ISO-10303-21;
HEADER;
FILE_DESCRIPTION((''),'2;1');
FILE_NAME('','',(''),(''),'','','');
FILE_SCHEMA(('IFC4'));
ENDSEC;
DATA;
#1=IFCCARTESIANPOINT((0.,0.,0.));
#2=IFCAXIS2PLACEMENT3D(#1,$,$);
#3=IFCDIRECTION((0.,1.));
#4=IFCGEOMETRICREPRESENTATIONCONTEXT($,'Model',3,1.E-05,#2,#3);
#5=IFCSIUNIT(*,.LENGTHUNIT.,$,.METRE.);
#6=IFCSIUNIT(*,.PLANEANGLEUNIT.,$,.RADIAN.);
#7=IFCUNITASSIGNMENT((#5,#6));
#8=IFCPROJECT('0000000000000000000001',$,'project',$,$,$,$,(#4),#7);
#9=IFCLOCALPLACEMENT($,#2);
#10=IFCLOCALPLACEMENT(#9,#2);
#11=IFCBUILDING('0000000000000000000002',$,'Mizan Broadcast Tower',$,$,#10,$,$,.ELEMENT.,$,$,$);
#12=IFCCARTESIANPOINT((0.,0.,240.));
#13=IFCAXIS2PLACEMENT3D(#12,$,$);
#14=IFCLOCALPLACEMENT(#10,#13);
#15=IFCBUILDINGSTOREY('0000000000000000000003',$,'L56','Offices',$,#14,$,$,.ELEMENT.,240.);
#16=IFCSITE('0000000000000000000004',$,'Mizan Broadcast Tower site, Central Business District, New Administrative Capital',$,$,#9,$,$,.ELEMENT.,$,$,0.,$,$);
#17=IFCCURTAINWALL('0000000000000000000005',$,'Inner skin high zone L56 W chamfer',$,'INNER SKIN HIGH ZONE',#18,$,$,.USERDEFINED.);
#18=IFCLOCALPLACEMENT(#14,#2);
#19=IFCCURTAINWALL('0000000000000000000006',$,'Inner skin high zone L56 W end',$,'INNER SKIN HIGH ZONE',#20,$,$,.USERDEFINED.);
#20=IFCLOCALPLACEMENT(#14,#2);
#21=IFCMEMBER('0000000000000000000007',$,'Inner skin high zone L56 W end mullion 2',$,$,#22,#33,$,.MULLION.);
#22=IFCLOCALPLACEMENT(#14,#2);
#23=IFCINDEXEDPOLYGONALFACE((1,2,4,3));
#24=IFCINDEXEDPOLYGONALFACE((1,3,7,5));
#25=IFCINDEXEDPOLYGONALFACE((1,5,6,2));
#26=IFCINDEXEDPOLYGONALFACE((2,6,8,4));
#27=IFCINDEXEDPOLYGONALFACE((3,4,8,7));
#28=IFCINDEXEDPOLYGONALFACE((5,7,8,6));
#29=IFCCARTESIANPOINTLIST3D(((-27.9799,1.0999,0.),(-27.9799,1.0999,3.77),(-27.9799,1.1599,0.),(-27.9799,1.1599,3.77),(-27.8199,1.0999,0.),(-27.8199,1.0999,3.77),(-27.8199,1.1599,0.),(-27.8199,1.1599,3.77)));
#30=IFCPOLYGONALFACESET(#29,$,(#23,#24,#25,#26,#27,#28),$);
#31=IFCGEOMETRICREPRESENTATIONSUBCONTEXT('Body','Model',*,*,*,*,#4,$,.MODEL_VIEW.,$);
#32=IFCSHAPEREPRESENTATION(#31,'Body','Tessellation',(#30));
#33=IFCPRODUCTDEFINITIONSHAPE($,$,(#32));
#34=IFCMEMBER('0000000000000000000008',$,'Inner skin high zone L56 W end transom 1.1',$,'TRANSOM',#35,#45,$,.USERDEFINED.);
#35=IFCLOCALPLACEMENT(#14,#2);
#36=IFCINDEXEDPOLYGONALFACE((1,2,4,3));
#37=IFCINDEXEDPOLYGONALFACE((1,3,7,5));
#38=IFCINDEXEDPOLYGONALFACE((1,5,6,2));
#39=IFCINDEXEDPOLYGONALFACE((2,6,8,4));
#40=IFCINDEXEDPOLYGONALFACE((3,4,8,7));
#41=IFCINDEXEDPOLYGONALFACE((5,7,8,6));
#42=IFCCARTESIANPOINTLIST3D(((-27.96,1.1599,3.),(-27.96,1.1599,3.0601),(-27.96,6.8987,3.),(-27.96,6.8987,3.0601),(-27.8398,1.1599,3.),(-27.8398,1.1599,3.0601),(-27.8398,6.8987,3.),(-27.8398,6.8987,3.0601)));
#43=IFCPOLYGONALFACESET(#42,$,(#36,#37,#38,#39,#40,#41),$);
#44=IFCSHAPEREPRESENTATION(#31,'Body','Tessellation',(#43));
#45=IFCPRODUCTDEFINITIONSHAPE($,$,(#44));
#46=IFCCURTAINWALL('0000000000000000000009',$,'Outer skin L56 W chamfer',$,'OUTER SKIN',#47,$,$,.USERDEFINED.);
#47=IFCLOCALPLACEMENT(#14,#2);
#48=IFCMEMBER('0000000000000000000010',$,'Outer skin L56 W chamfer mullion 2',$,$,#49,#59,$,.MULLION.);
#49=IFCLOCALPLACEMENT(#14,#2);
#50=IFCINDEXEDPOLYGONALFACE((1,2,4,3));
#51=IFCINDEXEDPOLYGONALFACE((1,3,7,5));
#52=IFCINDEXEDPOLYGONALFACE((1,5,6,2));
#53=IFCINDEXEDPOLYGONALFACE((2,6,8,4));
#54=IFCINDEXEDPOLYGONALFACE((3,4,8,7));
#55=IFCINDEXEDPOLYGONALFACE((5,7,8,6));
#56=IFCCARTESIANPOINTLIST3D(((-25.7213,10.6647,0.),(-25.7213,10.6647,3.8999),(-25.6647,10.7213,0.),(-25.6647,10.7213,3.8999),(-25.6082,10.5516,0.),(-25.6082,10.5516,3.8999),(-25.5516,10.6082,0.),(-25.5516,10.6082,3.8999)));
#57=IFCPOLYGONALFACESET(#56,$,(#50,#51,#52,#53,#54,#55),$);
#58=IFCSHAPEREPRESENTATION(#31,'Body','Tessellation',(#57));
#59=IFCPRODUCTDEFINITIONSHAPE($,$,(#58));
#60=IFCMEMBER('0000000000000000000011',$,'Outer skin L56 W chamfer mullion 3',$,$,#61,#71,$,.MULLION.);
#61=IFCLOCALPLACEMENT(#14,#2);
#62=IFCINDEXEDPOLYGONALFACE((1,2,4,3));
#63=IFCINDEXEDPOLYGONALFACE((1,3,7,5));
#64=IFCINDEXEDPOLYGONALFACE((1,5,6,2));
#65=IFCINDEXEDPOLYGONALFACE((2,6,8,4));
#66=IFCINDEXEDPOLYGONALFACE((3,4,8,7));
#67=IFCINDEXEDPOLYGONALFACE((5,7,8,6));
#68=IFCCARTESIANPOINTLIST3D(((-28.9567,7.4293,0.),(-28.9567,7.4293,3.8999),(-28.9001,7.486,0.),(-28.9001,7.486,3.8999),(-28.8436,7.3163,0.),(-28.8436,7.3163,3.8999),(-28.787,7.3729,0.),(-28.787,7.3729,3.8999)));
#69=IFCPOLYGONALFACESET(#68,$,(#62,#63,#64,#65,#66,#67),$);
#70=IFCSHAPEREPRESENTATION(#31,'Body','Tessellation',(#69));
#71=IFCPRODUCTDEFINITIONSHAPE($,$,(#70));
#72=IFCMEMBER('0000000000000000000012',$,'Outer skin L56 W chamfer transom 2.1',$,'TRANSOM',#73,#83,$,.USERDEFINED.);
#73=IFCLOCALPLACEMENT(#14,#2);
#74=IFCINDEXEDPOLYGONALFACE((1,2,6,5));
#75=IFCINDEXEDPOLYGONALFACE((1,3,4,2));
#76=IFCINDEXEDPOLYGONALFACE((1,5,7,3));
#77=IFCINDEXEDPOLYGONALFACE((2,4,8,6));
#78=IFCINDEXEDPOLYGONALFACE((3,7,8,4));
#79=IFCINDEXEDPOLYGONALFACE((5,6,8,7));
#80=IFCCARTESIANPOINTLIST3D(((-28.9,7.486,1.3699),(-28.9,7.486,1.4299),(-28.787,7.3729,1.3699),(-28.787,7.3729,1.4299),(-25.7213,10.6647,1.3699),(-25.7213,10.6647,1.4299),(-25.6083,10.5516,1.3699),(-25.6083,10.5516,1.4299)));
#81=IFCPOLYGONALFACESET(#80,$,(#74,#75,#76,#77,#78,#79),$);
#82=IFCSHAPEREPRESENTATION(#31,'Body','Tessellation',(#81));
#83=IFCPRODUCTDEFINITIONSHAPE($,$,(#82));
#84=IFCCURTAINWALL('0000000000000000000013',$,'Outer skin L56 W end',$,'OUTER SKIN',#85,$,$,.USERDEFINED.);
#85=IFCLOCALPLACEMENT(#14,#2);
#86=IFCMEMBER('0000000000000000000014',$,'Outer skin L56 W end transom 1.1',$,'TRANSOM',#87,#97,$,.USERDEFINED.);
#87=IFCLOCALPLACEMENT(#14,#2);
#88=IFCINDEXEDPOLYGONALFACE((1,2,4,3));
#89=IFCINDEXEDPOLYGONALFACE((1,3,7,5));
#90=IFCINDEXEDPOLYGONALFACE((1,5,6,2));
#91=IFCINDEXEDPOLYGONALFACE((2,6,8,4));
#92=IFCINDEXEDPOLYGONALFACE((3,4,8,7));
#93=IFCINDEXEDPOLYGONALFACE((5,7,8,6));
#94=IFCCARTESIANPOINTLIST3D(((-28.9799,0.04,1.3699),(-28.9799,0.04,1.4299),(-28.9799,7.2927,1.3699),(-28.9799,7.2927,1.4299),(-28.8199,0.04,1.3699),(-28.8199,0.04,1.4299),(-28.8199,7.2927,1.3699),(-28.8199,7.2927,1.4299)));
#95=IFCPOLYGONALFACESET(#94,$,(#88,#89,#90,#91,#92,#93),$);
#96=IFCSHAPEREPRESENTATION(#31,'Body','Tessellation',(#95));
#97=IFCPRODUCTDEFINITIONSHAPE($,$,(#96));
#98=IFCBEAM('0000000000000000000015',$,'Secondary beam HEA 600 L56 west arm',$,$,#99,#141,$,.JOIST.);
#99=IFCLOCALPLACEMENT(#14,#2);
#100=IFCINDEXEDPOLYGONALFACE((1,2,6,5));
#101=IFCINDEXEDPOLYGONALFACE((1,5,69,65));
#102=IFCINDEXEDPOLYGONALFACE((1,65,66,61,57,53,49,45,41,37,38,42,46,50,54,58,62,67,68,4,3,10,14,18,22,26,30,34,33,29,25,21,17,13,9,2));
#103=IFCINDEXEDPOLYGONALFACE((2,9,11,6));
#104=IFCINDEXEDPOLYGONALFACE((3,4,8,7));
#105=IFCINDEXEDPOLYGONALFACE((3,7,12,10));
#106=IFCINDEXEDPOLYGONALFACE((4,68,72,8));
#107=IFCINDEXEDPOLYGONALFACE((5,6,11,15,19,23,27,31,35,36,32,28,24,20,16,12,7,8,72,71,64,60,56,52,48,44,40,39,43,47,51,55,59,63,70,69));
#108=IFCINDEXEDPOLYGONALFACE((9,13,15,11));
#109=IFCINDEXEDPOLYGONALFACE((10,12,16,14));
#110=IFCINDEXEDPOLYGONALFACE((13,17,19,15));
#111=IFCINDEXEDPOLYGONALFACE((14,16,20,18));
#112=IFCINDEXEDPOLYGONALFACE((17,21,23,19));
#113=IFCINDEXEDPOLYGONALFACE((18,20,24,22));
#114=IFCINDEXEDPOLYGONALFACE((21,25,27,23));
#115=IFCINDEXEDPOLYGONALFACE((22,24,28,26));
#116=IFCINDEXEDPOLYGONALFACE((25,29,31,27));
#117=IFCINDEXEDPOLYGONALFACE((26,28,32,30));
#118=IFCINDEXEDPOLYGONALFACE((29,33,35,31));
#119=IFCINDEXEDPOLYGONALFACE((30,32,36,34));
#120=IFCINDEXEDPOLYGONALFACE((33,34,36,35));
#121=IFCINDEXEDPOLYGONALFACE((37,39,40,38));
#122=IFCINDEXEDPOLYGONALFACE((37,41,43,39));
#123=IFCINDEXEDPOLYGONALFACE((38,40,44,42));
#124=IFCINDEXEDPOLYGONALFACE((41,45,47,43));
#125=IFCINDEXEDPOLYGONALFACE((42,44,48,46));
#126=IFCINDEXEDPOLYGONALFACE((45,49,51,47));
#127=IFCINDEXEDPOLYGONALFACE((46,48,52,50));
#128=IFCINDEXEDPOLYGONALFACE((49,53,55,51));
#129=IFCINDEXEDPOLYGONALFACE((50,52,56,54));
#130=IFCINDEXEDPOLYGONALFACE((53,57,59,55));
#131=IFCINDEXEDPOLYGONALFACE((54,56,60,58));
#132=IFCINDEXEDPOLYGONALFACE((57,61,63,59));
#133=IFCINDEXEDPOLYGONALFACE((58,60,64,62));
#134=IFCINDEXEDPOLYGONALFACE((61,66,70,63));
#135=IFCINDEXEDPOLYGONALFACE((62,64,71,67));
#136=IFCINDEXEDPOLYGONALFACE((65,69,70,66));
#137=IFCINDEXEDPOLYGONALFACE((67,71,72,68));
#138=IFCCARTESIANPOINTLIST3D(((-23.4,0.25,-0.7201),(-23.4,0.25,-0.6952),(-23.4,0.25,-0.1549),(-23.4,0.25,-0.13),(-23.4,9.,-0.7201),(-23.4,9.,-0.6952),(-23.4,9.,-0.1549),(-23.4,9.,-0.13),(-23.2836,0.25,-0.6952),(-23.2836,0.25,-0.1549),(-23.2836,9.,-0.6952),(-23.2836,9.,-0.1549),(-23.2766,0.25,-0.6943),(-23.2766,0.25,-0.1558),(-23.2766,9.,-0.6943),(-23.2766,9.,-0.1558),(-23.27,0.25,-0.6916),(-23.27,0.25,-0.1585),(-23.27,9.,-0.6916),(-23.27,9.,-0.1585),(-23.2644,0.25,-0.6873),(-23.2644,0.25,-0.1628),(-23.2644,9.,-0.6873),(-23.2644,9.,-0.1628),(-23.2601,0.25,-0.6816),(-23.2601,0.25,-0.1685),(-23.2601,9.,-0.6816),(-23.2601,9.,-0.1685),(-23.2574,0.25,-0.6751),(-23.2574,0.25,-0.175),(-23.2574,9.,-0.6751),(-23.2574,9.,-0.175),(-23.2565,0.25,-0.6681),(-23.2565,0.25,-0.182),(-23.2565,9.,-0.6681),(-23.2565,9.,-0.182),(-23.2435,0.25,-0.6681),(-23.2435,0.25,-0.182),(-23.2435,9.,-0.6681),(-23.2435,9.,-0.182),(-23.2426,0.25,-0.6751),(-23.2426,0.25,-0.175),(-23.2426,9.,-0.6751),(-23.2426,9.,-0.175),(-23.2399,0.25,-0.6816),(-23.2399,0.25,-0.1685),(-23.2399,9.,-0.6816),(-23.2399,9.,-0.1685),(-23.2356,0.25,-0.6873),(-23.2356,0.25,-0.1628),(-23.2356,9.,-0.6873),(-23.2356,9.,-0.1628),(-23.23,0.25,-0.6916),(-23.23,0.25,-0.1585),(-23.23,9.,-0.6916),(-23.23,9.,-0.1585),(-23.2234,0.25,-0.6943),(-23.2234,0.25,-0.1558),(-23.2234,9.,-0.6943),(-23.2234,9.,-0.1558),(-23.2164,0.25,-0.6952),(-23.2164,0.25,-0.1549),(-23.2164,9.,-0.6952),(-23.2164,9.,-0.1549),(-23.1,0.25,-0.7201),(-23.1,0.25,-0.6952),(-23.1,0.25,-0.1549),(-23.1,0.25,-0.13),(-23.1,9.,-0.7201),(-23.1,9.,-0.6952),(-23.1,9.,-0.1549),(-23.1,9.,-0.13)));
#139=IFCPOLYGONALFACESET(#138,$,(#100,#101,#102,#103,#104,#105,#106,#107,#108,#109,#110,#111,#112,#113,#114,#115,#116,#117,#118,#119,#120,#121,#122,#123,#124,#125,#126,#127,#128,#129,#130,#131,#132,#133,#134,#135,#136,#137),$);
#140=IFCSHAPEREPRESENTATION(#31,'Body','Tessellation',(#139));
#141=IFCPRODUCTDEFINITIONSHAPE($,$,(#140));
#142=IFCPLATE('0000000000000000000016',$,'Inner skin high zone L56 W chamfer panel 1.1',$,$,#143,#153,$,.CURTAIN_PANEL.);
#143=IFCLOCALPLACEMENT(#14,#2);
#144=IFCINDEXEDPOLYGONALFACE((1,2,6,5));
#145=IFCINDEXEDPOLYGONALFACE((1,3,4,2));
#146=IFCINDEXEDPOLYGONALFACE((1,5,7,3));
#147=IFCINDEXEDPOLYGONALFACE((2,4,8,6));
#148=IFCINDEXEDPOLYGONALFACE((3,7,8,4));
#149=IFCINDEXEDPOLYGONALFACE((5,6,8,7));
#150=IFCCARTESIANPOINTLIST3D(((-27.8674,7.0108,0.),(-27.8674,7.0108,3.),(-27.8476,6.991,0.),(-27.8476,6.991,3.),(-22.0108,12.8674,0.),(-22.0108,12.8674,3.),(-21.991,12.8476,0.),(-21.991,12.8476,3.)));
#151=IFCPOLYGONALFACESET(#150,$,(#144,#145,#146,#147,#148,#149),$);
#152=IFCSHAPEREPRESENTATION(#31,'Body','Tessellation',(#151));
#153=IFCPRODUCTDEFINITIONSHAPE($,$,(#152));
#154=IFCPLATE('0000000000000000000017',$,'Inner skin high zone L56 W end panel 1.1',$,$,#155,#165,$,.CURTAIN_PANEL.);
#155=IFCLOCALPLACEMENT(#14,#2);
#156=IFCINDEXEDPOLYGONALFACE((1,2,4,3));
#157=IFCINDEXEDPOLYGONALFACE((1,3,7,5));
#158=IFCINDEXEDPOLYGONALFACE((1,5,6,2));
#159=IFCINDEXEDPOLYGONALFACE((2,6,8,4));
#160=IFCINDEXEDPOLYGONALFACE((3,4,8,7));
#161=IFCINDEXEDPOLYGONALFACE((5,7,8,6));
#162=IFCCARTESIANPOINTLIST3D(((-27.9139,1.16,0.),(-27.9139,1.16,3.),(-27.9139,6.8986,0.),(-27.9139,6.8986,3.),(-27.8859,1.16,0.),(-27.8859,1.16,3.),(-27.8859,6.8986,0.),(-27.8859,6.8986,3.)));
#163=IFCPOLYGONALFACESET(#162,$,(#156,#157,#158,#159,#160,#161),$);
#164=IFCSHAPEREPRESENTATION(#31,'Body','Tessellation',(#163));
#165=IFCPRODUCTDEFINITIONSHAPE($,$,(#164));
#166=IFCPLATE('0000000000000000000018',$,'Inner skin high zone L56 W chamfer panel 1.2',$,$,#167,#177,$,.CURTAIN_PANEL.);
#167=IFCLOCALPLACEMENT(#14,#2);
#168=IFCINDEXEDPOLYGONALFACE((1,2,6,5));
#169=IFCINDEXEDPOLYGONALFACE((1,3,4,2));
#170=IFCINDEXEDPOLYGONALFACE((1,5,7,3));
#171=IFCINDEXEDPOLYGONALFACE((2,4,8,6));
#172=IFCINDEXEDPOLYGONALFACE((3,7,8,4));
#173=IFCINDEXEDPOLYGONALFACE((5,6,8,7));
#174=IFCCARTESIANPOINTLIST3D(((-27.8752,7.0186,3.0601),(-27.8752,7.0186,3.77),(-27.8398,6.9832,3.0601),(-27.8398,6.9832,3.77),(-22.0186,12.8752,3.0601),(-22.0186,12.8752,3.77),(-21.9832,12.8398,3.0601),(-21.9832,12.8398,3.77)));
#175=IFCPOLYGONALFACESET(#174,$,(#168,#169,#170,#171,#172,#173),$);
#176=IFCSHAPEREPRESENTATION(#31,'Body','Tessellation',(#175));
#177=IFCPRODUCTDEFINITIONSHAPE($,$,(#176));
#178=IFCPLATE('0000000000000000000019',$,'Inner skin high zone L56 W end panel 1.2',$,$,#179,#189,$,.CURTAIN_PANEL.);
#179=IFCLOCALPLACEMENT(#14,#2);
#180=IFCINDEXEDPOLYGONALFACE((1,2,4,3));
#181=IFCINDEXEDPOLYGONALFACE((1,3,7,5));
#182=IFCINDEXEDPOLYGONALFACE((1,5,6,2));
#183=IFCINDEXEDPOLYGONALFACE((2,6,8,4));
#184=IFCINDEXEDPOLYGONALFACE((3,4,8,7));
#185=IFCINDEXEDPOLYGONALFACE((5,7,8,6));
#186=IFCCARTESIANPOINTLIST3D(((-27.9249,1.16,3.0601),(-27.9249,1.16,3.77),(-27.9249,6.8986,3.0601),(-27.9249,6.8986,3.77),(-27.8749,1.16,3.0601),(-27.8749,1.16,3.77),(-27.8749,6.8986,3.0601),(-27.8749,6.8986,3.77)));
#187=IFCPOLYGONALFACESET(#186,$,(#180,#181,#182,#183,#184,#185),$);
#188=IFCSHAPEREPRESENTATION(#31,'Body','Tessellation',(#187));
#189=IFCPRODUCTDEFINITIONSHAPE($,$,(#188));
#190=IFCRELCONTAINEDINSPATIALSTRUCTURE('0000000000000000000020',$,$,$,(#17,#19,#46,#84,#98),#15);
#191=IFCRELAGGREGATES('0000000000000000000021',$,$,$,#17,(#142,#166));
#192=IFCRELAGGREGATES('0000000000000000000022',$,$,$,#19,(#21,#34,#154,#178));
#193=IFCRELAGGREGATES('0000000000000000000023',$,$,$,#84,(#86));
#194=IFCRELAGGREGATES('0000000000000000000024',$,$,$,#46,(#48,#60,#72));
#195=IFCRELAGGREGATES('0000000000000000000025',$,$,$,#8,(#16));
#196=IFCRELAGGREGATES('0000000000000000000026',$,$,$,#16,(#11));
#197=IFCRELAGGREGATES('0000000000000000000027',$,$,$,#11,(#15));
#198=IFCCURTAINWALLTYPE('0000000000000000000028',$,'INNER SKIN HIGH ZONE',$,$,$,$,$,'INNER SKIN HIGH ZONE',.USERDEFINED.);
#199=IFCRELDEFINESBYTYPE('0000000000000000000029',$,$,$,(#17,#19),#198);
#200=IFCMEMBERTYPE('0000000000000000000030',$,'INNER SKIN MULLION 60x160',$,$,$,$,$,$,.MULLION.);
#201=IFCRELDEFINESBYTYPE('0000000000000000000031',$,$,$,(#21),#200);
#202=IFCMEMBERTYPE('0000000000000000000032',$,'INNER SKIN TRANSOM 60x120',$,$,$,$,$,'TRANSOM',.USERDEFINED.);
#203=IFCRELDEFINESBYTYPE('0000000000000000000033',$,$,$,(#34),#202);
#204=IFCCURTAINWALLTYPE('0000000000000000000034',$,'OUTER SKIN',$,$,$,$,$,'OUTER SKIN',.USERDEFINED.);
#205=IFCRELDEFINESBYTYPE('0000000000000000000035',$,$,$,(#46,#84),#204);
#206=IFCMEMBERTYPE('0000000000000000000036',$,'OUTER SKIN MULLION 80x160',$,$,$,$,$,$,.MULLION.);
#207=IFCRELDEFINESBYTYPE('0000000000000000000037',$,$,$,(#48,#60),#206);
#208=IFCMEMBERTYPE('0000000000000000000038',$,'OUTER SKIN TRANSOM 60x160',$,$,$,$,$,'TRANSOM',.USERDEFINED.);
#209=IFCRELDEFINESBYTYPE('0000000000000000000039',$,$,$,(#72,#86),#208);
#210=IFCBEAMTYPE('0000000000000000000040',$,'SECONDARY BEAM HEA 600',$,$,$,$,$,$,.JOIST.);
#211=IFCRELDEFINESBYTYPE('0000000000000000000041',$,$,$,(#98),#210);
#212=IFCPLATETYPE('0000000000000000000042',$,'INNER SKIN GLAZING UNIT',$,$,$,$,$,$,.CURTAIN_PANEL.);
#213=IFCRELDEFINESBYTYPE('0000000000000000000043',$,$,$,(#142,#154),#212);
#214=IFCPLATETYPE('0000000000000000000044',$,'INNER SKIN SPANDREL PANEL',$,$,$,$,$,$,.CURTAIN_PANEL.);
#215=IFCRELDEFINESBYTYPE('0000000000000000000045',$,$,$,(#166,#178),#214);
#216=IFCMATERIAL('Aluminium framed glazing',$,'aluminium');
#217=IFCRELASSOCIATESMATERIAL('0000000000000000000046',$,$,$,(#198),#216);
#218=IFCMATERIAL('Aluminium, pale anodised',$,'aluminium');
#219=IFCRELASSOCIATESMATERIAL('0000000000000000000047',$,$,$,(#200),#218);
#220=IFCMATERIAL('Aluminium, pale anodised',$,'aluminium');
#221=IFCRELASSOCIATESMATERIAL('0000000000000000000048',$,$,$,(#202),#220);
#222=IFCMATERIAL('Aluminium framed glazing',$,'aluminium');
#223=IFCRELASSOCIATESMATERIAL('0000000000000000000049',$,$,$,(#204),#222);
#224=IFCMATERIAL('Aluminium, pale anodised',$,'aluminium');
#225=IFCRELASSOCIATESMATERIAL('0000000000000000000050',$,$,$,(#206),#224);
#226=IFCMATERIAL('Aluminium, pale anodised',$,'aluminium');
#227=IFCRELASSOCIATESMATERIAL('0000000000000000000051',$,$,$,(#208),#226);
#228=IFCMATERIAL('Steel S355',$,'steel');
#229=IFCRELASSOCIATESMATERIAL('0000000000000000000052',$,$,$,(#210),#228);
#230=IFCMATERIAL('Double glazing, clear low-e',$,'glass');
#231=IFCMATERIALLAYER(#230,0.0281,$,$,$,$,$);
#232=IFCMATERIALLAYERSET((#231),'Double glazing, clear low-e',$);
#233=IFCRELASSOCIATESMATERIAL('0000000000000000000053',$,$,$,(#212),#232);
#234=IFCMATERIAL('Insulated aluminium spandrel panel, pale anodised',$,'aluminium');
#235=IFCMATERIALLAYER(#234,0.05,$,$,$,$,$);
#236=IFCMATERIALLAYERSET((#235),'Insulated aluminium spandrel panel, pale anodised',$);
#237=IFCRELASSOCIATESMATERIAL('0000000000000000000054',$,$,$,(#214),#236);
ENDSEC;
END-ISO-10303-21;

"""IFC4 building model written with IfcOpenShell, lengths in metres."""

from ifc_helpers import new_model, si_unit, direction, frame, origin, origin_2d, place, context, subcontext, project, spatial, rectangle, i_section, extrude, material, layer, layer_set, material_profile, profile_set, type_object, element, aggregate, save


model = new_model("IFC4")

# Units and contexts
model_context = context("Model", 3, precision=1e-05, world=origin(), true_north=direction((0.0, 1.0)))
body_context = subcontext(model_context, "Body", "Model", "MODEL_VIEW")
ifc_project = project(units=[si_unit("LENGTHUNIT", "METRE"), si_unit("PLANEANGLEUNIT", "RADIAN")], contexts=[model_context])

# Site, building, storey
site_placement = place(None, origin())
site = spatial("IfcSite", under=ifc_project, at=site_placement, Name="Mizan Broadcast Tower site, Central Business District, New Administrative Capital", CompositionType="ELEMENT", RefElevation=0.0)
building_placement = place(site_placement, origin())
building = spatial("IfcBuilding", under=site, at=building_placement, Name="Mizan Broadcast Tower", CompositionType="ELEMENT")
storey_placement = place(building_placement, frame((0.0, 0.0, 240.0)))
storey = spatial("IfcBuildingStorey", under=building, at=storey_placement, Name="L56", Description="Offices", CompositionType="ELEMENT", Elevation=240.0)

# Curtain wall
ifc_material_1 = material(Name="Aluminium framed glazing", Category="aluminium")
curtain_wall_type_1 = type_object("IfcCurtainWallType", Name="INNER SKIN HIGH ZONE", ElementType="INNER SKIN HIGH ZONE", PredefinedType="USERDEFINED", material=ifc_material_1)
curtain_wall_1_placement = place(storey_placement, origin())
curtain_wall_1 = element("IfcCurtainWall", 1, at=curtain_wall_1_placement, inside=storey, type_object=curtain_wall_type_1, Name="Inner skin high zone L56 W chamfer", ObjectType="INNER SKIN HIGH ZONE", PredefinedType="USERDEFINED")
ifc_material_2 = material(Name="Aluminium, pale anodised", Category="aluminium")
ifc_material_profile_1 = material_profile(ifc_material_2, rectangle(XDim=0.1599, YDim=0.0601, at=origin_2d()), Name="MULLION 160x60")
ifc_profile_set_1 = profile_set([ifc_material_profile_1], Name="Aluminium, pale anodised")
member_type_1 = type_object("IfcMemberType", Name="INNER SKIN MULLION 60x160", PredefinedType="MULLION", material=ifc_profile_set_1)

# Curtain walls, members
curtain_wall_2_placement = place(storey_placement, origin())
curtain_wall_2 = element("IfcCurtainWall", 2, at=curtain_wall_2_placement, inside=storey, type_object=curtain_wall_type_1, Name="Inner skin high zone L56 W end", ObjectType="INNER SKIN HIGH ZONE", PredefinedType="USERDEFINED")
member_1_placement = place(storey_placement, frame((-27.8999, 1.1299, 0.0), z_axis=(0.0, 0.0, 1.0), x_axis=(1.0, 0.0, 0.0)))
member_1 = element("IfcMember", 3, at=member_1_placement, type_object=member_type_1, Name="Inner skin high zone L56 W end mullion 2", PredefinedType="MULLION", context=body_context, shape_type="SweptSolid", body=[
    extrude(rectangle(XDim=0.1599, YDim=0.0601, at=origin_2d()), origin(), (0.0, 0.0, 1.0), 3.77),
])
ifc_material_3 = material(Name="Aluminium, pale anodised", Category="aluminium")
ifc_material_profile_2 = material_profile(ifc_material_3, rectangle(XDim=0.1201, YDim=0.0601, at=origin_2d()), Name="TRANSOM 120x60")
ifc_profile_set_2 = profile_set([ifc_material_profile_2], Name="Aluminium, pale anodised")
member_type_2 = type_object("IfcMemberType", Name="INNER SKIN TRANSOM 60x120", ElementType="TRANSOM", PredefinedType="USERDEFINED", material=ifc_profile_set_2)
member_2_placement = place(storey_placement, frame((-27.8999, 6.8987, 3.03), z_axis=(0.0, -1.0, 0.0), x_axis=(1.0, 0.0, 0.0)))
member_2 = element("IfcMember", 4, at=member_2_placement, type_object=member_type_2, Name="Inner skin high zone L56 W end transom 1.1", ObjectType="TRANSOM", PredefinedType="USERDEFINED", context=body_context, shape_type="SweptSolid", body=[
    extrude(rectangle(XDim=0.1201, YDim=0.0601, at=origin_2d()), origin(), (0.0, 0.0, 1.0), 5.7388),
])
ifc_material_4 = material(Name="Aluminium framed glazing", Category="aluminium")
curtain_wall_type_2 = type_object("IfcCurtainWallType", Name="OUTER SKIN", ElementType="OUTER SKIN", PredefinedType="USERDEFINED", material=ifc_material_4)
curtain_wall_3_placement = place(storey_placement, origin())
curtain_wall_3 = element("IfcCurtainWall", 5, at=curtain_wall_3_placement, inside=storey, type_object=curtain_wall_type_2, Name="Outer skin L56 W chamfer", ObjectType="OUTER SKIN", PredefinedType="USERDEFINED")
ifc_material_5 = material(Name="Aluminium, pale anodised", Category="aluminium")
ifc_material_profile_3 = material_profile(ifc_material_5, rectangle(XDim=0.1599, YDim=0.0801, at=origin_2d()), Name="MULLION 160x80")
ifc_profile_set_3 = profile_set([ifc_material_profile_3], Name="Aluminium, pale anodised")
member_type_3 = type_object("IfcMemberType", Name="OUTER SKIN MULLION 80x160", PredefinedType="MULLION", material=ifc_profile_set_3)
member_3_placement = place(storey_placement, frame((-25.6365, 10.6365, 0.0), z_axis=(0.0, 0.0, 1.0), x_axis=(0.707107, -0.707107, 0.0)))
member_3 = element("IfcMember", 6, at=member_3_placement, type_object=member_type_3, Name="Outer skin L56 W chamfer mullion 2", PredefinedType="MULLION", context=body_context, shape_type="SweptSolid", body=[
    extrude(rectangle(XDim=0.1599, YDim=0.0801, at=origin_2d()), origin(), (0.0, 0.0, 1.0), 3.8999),
])
member_4_placement = place(storey_placement, frame((-28.8718, 7.4011, 0.0), z_axis=(0.0, 0.0, 1.0), x_axis=(0.707107, -0.707107, 0.0)))
member_4 = element("IfcMember", 7, at=member_4_placement, type_object=member_type_3, Name="Outer skin L56 W chamfer mullion 3", PredefinedType="MULLION", context=body_context, shape_type="SweptSolid", body=[
    extrude(rectangle(XDim=0.1599, YDim=0.0801, at=origin_2d()), origin(), (0.0, 0.0, 1.0), 3.8999),
])
ifc_material_6 = material(Name="Aluminium, pale anodised", Category="aluminium")
ifc_material_profile_4 = material_profile(ifc_material_6, rectangle(XDim=0.1599, YDim=0.0601, at=origin_2d()), Name="TRANSOM 160x60")
ifc_profile_set_4 = profile_set([ifc_material_profile_4], Name="Aluminium, pale anodised")
member_type_4 = type_object("IfcMemberType", Name="OUTER SKIN TRANSOM 60x160", ElementType="TRANSOM", PredefinedType="USERDEFINED", material=ifc_profile_set_4)
member_5_placement = place(storey_placement, frame((-25.6648, 10.6082, 1.3999), z_axis=(-0.707107, -0.707107, 0.0), x_axis=(0.707107, -0.707107, 0.0)))
member_5 = element("IfcMember", 8, at=member_5_placement, type_object=member_type_4, Name="Outer skin L56 W chamfer transom 2.1", ObjectType="TRANSOM", PredefinedType="USERDEFINED", context=body_context, shape_type="SweptSolid", body=[
    extrude(rectangle(XDim=0.1599, YDim=0.0601, at=origin_2d()), origin(), (0.0, 0.0, 1.0), 4.4954),
])

# Curtain wall, member
curtain_wall_4_placement = place(storey_placement, origin())
curtain_wall_4 = element("IfcCurtainWall", 9, at=curtain_wall_4_placement, inside=storey, type_object=curtain_wall_type_2, Name="Outer skin L56 W end", ObjectType="OUTER SKIN", PredefinedType="USERDEFINED")
member_6_placement = place(storey_placement, frame((-28.8999, 7.2927, 1.3999), z_axis=(0.0, -1.0, 0.0), x_axis=(1.0, 0.0, 0.0)))
member_6 = element("IfcMember", 10, at=member_6_placement, type_object=member_type_4, Name="Outer skin L56 W end transom 1.1", ObjectType="TRANSOM", PredefinedType="USERDEFINED", context=body_context, shape_type="SweptSolid", body=[
    extrude(rectangle(XDim=0.1599, YDim=0.0601, at=origin_2d()), origin(), (0.0, 0.0, 1.0), 7.2527),
])

# Beam
ifc_material_7 = material(Name="Steel S355", Category="steel")
ifc_material_profile_5 = material_profile(ifc_material_7, i_section(OverallWidth=0.3, OverallDepth=0.5901, WebThickness=0.0129, FlangeThickness=0.0249, FilletRadius=0.0271, at=origin_2d()), Name="HEA 600")
ifc_profile_set_5 = profile_set([ifc_material_profile_5], Name="Steel S355")
beam_type_1 = type_object("IfcBeamType", Name="SECONDARY BEAM HEA 600", PredefinedType="JOIST", material=ifc_profile_set_5)
beam_1_placement = place(storey_placement, frame((-23.25, 9.0, -0.425), z_axis=(0.0, -1.0, 0.0), x_axis=(1.0, 0.0, 0.0)))
element("IfcBeam", 11, at=beam_1_placement, inside=storey, type_object=beam_type_1, Name="Secondary beam HEA 600 L56 west arm", PredefinedType="JOIST", context=body_context, shape_type="SweptSolid", body=[
    extrude(i_section(OverallWidth=0.3, OverallDepth=0.5901, WebThickness=0.0129, FlangeThickness=0.0249, FilletRadius=0.0271, at=origin_2d()), origin(), (0.0, 0.0, 1.0), 8.75),
])

# Plates
ifc_material_8 = material(Name="Double glazing, clear low-e", Category="glass")
ifc_layer_1 = layer(ifc_material_8, 0.0281)
ifc_layer_set_1 = layer_set([ifc_layer_1], Name="Double glazing, clear low-e")
plate_type_1 = type_object("IfcPlateType", Name="INNER SKIN GLAZING UNIT", PredefinedType="CURTAIN_PANEL", material=ifc_layer_set_1)
plate_1_placement = place(storey_placement, frame((-24.9292, 9.9292, 0.0), z_axis=(0.0, 0.0, 1.0), x_axis=(-0.707107, -0.707107, 0.0)))
plate_1 = element("IfcPlate", 12, at=plate_1_placement, type_object=plate_type_1, Name="Inner skin high zone L56 W chamfer panel 1.1", PredefinedType="CURTAIN_PANEL", context=body_context, shape_type="SweptSolid", body=[
    extrude(rectangle(XDim=8.2825, YDim=0.0281, at=origin_2d()), origin(), (0.0, 0.0, 1.0), 3.0),
])
plate_2_placement = place(storey_placement, frame((-27.8999, 4.0293, 0.0), z_axis=(0.0, 0.0, 1.0), x_axis=(0.0, -1.0, 0.0)))
plate_2 = element("IfcPlate", 13, at=plate_2_placement, type_object=plate_type_1, Name="Inner skin high zone L56 W end panel 1.1", PredefinedType="CURTAIN_PANEL", context=body_context, shape_type="SweptSolid", body=[
    extrude(rectangle(XDim=5.7385, YDim=0.0281, at=origin_2d()), origin(), (0.0, 0.0, 1.0), 3.0),
])
ifc_material_9 = material(Name="Insulated aluminium spandrel panel, pale anodised", Category="aluminium")
ifc_layer_2 = layer(ifc_material_9, 0.05)
ifc_layer_set_2 = layer_set([ifc_layer_2], Name="Insulated aluminium spandrel panel, pale anodised")
plate_type_2 = type_object("IfcPlateType", Name="INNER SKIN SPANDREL PANEL", PredefinedType="CURTAIN_PANEL", material=ifc_layer_set_2)
plate_3_placement = place(storey_placement, frame((-24.9292, 9.9292, 3.0601), z_axis=(0.0, 0.0, 1.0), x_axis=(-0.707107, -0.707107, 0.0)))
plate_3 = element("IfcPlate", 14, at=plate_3_placement, type_object=plate_type_2, Name="Inner skin high zone L56 W chamfer panel 1.2", PredefinedType="CURTAIN_PANEL", context=body_context, shape_type="SweptSolid", body=[
    extrude(rectangle(XDim=8.2825, YDim=0.05, at=origin_2d()), origin(), (0.0, 0.0, 1.0), 0.71),
])
aggregate(curtain_wall_1, [plate_1, plate_3])
plate_4_placement = place(storey_placement, frame((-27.8999, 4.0293, 3.0601), z_axis=(0.0, 0.0, 1.0), x_axis=(0.0, -1.0, 0.0)))
plate_4 = element("IfcPlate", 15, at=plate_4_placement, type_object=plate_type_2, Name="Inner skin high zone L56 W end panel 1.2", PredefinedType="CURTAIN_PANEL", context=body_context, shape_type="SweptSolid", body=[
    extrude(rectangle(XDim=5.7385, YDim=0.05, at=origin_2d()), origin(), (0.0, 0.0, 1.0), 0.71),
])
aggregate(curtain_wall_2, [member_1, member_2, plate_2, plate_4])
aggregate(curtain_wall_4, [member_6])
aggregate(curtain_wall_3, [member_3, member_4, member_5])

save(model, "model.ifc")
